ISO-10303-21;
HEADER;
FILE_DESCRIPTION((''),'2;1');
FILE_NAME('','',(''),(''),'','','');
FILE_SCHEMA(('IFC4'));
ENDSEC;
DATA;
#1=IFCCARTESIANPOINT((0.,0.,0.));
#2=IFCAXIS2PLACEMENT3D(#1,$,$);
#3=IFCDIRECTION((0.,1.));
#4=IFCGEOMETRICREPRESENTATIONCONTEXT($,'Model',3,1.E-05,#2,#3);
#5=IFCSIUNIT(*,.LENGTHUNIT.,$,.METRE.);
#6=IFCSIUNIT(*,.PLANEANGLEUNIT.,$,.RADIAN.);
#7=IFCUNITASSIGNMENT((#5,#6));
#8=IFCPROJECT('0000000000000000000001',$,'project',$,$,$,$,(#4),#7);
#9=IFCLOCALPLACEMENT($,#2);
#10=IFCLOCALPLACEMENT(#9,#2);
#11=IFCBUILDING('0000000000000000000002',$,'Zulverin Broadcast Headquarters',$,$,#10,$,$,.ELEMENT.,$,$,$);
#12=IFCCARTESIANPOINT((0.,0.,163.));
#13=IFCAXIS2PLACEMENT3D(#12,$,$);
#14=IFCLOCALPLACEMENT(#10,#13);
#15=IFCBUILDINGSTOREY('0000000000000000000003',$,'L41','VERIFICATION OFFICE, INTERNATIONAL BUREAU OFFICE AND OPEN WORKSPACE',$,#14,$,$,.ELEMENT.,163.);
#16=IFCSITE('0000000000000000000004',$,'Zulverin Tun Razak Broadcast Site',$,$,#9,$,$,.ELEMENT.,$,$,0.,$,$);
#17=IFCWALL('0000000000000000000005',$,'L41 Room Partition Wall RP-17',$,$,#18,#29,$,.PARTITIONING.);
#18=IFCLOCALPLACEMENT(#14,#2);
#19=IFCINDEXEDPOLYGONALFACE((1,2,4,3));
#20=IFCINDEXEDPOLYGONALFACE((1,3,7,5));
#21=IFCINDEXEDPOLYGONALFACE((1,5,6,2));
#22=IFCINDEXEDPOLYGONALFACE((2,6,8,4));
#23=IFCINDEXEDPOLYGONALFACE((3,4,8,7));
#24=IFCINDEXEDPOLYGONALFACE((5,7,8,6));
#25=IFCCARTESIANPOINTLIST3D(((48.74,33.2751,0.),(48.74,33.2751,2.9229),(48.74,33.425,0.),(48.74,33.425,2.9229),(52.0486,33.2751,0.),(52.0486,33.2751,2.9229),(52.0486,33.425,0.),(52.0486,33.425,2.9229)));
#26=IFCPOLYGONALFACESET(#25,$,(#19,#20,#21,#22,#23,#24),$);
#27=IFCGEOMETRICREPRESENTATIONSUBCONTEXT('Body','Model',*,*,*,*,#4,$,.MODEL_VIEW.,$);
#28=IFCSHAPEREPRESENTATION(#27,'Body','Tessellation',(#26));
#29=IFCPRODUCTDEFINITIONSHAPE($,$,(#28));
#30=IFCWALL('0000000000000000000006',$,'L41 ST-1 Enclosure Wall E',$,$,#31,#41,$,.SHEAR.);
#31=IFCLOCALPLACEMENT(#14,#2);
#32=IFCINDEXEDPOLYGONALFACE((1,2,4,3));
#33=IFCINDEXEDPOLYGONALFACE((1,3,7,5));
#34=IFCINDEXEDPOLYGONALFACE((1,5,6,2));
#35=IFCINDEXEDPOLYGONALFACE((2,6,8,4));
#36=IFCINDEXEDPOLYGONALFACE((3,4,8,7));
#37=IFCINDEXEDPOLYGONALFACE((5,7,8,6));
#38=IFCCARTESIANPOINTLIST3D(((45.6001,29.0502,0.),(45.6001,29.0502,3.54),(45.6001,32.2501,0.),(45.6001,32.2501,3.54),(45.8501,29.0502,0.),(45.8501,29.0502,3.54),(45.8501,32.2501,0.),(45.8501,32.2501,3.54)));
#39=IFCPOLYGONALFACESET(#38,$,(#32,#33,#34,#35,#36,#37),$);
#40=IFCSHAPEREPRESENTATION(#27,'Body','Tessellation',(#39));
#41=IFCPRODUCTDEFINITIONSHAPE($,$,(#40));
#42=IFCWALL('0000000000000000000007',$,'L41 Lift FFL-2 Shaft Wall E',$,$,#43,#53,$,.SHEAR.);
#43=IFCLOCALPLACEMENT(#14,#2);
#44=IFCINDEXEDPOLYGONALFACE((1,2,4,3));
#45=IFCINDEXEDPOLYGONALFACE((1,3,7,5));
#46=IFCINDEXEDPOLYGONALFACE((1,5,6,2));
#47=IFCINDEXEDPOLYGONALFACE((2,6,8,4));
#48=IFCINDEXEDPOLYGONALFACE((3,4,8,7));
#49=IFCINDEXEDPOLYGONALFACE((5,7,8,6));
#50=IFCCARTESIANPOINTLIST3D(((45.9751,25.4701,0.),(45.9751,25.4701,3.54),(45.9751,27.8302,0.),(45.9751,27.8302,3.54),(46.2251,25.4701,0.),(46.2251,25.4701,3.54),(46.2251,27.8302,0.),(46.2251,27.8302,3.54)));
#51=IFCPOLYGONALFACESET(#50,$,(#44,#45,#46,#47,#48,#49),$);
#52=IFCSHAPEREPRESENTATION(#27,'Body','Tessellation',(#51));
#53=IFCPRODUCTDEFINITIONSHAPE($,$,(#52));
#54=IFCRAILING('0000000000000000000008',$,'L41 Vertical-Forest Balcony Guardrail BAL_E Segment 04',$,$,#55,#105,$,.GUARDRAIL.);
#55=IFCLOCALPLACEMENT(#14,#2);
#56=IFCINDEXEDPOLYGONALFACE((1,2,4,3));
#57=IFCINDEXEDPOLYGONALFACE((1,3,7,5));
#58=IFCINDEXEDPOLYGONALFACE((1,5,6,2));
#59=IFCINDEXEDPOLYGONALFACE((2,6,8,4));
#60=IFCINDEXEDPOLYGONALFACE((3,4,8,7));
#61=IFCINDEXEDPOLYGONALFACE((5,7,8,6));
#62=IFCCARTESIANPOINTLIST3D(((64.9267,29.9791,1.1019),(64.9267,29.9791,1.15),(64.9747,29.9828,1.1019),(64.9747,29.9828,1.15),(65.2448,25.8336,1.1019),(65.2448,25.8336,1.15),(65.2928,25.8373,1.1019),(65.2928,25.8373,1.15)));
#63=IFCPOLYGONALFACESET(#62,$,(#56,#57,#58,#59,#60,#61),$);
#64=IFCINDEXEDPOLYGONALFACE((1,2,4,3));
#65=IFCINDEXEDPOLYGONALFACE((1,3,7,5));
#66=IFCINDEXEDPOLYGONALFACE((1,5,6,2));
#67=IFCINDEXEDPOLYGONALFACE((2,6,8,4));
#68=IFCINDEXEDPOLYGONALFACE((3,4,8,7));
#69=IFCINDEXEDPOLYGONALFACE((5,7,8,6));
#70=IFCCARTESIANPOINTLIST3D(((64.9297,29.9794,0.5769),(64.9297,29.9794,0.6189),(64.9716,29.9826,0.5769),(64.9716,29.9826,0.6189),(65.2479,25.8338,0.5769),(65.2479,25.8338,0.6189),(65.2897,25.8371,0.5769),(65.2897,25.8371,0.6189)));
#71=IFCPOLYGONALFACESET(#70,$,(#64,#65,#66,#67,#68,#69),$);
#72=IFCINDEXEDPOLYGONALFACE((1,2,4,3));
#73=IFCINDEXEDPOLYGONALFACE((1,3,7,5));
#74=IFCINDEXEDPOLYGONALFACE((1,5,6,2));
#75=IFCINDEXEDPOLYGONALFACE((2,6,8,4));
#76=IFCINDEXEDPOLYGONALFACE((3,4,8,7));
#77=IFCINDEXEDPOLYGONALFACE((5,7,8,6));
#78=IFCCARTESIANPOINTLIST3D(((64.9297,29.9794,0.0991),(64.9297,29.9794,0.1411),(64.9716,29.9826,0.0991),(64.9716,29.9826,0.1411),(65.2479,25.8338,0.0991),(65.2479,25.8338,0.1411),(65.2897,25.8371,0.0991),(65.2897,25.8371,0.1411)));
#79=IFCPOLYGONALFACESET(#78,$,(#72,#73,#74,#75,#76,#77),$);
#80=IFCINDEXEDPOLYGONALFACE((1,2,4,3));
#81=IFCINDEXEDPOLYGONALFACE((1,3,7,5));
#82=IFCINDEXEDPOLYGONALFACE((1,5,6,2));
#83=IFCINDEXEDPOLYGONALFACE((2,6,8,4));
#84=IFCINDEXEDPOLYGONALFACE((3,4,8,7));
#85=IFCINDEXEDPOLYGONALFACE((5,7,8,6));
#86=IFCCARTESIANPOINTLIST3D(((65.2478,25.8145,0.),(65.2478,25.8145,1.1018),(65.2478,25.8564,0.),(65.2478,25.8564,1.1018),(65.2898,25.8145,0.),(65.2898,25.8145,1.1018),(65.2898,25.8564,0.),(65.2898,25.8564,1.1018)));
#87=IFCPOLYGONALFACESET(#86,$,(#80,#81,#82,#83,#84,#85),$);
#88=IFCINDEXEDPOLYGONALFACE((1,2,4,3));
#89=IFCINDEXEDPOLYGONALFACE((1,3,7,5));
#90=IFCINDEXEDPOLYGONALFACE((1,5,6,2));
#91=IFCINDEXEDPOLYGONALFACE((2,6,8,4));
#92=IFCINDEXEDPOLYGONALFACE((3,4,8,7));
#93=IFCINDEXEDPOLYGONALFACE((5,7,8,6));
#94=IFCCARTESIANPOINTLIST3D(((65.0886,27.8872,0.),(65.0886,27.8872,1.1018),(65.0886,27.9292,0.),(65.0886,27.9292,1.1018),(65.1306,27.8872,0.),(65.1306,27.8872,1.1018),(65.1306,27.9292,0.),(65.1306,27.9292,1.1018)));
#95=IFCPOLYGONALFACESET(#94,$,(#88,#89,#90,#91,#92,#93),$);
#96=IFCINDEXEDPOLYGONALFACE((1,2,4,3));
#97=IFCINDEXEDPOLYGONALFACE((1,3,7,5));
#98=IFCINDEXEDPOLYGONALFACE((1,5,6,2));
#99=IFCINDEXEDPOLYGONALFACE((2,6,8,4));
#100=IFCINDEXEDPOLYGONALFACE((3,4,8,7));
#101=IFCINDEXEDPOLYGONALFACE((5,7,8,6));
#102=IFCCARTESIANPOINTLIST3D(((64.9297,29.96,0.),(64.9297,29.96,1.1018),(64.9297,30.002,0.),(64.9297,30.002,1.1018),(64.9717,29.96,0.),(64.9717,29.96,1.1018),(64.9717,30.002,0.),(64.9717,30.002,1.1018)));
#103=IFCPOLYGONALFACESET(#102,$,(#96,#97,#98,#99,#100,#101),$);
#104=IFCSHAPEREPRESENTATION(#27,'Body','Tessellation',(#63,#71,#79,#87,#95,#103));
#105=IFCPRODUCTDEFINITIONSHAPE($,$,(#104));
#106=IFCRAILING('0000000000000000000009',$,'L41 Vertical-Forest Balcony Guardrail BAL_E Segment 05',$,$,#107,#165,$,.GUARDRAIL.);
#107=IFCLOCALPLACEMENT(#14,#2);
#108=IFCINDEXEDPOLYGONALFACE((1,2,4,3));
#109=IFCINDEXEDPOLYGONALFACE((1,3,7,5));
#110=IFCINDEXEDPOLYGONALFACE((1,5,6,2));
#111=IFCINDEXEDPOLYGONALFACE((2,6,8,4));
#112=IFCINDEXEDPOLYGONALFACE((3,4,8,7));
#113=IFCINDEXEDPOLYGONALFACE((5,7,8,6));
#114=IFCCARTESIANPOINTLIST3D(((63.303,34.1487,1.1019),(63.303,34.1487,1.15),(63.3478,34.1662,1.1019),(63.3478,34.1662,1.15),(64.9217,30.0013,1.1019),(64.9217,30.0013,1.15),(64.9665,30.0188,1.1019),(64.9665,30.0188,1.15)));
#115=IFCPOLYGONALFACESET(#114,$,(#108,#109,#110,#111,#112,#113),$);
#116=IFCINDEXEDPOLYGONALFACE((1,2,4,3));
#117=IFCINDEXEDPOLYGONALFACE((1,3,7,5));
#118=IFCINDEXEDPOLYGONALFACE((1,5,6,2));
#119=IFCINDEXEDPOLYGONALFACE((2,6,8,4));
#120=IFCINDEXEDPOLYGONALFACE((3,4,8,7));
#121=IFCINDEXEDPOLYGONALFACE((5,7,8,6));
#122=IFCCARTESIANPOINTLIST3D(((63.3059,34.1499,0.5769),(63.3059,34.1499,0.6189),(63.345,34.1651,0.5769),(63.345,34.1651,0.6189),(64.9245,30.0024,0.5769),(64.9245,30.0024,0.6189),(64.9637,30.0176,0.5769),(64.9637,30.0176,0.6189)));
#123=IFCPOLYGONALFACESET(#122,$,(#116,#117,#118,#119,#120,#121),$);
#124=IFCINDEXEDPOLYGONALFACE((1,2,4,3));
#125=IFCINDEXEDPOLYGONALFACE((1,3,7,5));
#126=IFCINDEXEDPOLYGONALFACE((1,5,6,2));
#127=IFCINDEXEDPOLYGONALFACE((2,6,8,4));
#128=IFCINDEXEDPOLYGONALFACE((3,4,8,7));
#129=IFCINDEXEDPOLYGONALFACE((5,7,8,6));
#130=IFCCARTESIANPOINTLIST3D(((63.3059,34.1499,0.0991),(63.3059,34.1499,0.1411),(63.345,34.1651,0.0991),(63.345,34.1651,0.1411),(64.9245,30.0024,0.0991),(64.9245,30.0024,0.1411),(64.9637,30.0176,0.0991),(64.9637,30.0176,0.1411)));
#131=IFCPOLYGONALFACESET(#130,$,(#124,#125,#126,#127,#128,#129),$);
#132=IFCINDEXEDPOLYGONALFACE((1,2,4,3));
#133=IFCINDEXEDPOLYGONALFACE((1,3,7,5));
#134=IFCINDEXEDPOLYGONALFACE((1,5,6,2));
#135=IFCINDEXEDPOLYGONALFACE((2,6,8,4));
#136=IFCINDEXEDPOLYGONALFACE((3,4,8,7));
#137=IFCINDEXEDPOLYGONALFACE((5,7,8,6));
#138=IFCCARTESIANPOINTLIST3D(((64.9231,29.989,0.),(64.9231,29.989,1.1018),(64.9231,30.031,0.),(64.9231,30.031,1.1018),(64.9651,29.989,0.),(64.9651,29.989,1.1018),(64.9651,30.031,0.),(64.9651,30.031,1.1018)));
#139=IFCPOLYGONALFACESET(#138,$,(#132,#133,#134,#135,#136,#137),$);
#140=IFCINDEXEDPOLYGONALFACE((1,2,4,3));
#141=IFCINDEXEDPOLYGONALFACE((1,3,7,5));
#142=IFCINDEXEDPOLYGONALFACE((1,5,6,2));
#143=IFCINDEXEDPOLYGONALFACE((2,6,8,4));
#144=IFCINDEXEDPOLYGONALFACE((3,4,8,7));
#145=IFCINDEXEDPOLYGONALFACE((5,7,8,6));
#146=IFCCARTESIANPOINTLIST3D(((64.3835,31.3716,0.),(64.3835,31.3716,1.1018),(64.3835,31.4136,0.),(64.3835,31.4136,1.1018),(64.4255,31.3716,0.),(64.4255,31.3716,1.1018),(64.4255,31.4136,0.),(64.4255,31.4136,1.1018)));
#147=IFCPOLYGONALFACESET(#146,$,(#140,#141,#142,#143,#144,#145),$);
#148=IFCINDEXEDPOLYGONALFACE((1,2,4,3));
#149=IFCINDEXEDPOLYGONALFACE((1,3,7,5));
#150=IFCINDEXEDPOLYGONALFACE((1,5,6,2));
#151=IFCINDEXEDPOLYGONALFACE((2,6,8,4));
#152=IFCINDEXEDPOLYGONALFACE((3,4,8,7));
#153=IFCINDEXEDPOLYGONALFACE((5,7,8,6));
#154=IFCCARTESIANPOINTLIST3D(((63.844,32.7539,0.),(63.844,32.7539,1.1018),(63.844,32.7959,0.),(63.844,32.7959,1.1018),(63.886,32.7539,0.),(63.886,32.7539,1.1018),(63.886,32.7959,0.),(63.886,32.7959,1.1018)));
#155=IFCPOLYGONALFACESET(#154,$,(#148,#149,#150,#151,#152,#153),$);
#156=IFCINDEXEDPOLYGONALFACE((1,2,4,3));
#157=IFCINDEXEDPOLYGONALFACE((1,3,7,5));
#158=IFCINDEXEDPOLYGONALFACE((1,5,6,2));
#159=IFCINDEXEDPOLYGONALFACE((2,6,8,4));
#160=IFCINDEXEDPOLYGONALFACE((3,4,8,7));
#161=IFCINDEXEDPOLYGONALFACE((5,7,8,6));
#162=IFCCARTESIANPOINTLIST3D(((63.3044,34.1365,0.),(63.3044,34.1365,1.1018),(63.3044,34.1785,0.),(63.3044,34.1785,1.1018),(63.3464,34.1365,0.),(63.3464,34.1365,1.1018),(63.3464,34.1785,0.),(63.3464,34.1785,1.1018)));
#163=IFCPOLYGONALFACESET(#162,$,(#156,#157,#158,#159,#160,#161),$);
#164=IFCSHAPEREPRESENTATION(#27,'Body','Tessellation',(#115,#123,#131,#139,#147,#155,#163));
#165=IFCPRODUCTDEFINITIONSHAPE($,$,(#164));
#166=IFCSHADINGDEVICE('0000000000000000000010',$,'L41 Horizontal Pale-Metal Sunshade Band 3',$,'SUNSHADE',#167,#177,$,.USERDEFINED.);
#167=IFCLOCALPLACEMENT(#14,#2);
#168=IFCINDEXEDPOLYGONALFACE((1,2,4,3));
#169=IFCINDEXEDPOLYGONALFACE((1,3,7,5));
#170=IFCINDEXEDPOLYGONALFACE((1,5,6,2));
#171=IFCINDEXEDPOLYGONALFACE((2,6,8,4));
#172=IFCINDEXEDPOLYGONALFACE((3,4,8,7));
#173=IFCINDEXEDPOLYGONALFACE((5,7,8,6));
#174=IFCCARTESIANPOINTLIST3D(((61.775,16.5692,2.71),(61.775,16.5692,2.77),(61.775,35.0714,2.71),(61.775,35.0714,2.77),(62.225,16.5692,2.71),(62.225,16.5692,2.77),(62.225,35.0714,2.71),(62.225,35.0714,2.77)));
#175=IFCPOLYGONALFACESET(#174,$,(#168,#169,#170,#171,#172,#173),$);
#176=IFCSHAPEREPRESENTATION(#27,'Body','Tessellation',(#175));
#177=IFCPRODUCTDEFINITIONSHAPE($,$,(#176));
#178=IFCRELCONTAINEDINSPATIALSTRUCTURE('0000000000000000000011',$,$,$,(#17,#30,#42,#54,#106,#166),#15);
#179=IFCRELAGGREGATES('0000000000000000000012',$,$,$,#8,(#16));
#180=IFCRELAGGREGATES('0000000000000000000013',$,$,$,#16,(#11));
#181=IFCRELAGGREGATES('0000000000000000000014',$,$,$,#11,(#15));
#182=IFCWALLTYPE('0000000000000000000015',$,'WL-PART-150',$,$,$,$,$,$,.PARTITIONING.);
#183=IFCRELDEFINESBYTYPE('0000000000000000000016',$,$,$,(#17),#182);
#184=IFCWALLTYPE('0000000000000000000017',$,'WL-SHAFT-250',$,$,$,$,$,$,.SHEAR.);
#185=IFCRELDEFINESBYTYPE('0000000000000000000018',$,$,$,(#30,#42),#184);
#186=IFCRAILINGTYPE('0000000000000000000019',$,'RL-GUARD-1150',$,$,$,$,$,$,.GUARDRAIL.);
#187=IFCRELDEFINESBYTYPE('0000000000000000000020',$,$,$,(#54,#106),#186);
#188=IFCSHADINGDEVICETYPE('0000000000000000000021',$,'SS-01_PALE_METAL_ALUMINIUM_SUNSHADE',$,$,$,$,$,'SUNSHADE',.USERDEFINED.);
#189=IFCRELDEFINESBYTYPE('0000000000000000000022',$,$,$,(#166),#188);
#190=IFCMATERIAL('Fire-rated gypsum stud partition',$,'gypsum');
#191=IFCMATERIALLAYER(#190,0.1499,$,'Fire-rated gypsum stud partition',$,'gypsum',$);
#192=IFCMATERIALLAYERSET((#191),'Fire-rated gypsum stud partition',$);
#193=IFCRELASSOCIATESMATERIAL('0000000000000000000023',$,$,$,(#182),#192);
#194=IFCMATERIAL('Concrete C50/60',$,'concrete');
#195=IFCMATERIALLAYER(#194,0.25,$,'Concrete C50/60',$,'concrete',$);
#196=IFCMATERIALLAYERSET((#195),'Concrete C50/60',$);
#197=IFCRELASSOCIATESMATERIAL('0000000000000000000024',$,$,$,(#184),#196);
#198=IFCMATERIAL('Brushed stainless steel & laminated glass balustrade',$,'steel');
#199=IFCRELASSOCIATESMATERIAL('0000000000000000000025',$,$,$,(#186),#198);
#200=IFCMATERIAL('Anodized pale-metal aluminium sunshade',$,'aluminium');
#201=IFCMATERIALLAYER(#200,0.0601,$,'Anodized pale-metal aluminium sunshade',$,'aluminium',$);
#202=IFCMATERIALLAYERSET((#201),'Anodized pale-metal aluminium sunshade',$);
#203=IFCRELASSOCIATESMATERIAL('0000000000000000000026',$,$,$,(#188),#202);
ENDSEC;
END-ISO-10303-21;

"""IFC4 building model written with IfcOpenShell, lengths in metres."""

from ifc_helpers import new_model, si_unit, direction, frame, frame_2d, origin, origin_2d, place, context, subcontext, project, spatial, rectangle, extrude, material, layer, layer_set, type_object, element, save


model = new_model("IFC4")

# Units and contexts
model_context = context("Model", 3, precision=1e-05, world=origin(), true_north=direction((0.0, 1.0)))
body_context = subcontext(model_context, "Body", "Model", "MODEL_VIEW")
ifc_project = project(units=[si_unit("LENGTHUNIT", "METRE"), si_unit("PLANEANGLEUNIT", "RADIAN")], contexts=[model_context])

# Site, building, storey
site_placement = place(None, origin())
site = spatial("IfcSite", under=ifc_project, at=site_placement, Name="Zulverin Tun Razak Broadcast Site", CompositionType="ELEMENT", RefElevation=0.0)
building_placement = place(site_placement, origin())
building = spatial("IfcBuilding", under=site, at=building_placement, Name="Zulverin Broadcast Headquarters", CompositionType="ELEMENT")
storey_placement = place(building_placement, frame((0.0, 0.0, 163.0)))
storey = spatial("IfcBuildingStorey", under=building, at=storey_placement, Name="L41", Description="VERIFICATION OFFICE, INTERNATIONAL BUREAU OFFICE AND OPEN WORKSPACE", CompositionType="ELEMENT", Elevation=163.0)

# Shared definitions
ifc_material_1 = material(Name="Concrete C50/60", Category="concrete")

# Shared definitions
ifc_material_2 = material(Name="Fire-rated gypsum stud partition", Category="gypsum")
ifc_layer_1 = layer(ifc_material_2, 0.1499, Name="Fire-rated gypsum stud partition", Category="gypsum")
ifc_layer_set_1 = layer_set([ifc_layer_1], Name="Fire-rated gypsum stud partition")
wall_type_1 = type_object("IfcWallType", Name="WL-PART-150", PredefinedType="PARTITIONING", material=ifc_layer_set_1)

# Walls
wall_1_placement = place(storey_placement, frame((48.74, 33.3501, 0.0), z_axis=(0.0, 0.0, 1.0), x_axis=(1.0, 0.0, 0.0)))
element("IfcWall", 1, at=wall_1_placement, inside=storey, type_object=wall_type_1, Name="L41 Room Partition Wall RP-17", PredefinedType="PARTITIONING", context=body_context, shape_type="SweptSolid", body=[
    extrude(rectangle(XDim=3.3086, YDim=0.1499, at=frame_2d((1.6543, 0.0))), origin(), (0.0, 0.0, 1.0), 2.9229),
])
ifc_layer_2 = layer(ifc_material_1, 0.25, Name="Concrete C50/60", Category="concrete")
ifc_layer_set_2 = layer_set([ifc_layer_2], Name="Concrete C50/60")
wall_type_2 = type_object("IfcWallType", Name="WL-SHAFT-250", PredefinedType="SHEAR", material=ifc_layer_set_2)
wall_2_placement = place(storey_placement, frame((45.7251, 29.05, 0.0), z_axis=(0.0, 0.0, 1.0), x_axis=(0.0, 1.0, 0.0)))
element("IfcWall", 2, at=wall_2_placement, inside=storey, type_object=wall_type_2, Name="L41 ST-1 Enclosure Wall E", PredefinedType="SHEAR", context=body_context, shape_type="SweptSolid", body=[
    extrude(rectangle(XDim=3.2, YDim=0.25, at=frame_2d((1.6001, 0.0))), origin(), (0.0, 0.0, 1.0), 3.54),
])
wall_3_placement = place(storey_placement, frame((46.1001, 25.47, 0.0), z_axis=(0.0, 0.0, 1.0), x_axis=(0.0, 1.0, 0.0)))
element("IfcWall", 3, at=wall_3_placement, inside=storey, type_object=wall_type_2, Name="L41 Lift FFL-2 Shaft Wall E", PredefinedType="SHEAR", context=body_context, shape_type="SweptSolid", body=[
    extrude(rectangle(XDim=2.3601, YDim=0.25, at=frame_2d((1.1802, 0.0))), origin(), (0.0, 0.0, 1.0), 3.54),
])

# Railings
ifc_material_3 = material(Name="Brushed stainless steel & laminated glass balustrade", Category="steel")
railing_type = type_object("IfcRailingType", Name="RL-GUARD-1150", PredefinedType="GUARDRAIL", material=ifc_material_3)
railing_1_placement = place(storey_placement, frame((65.2688, 25.8354, 0.0)))
element("IfcRailing", 4, at=railing_1_placement, inside=storey, type_object=railing_type, Name="L41 Vertical-Forest Balcony Guardrail BAL_E Segment 04", PredefinedType="GUARDRAIL", context=body_context, shape_type="SweptSolid", body=[
    extrude(rectangle(XDim=0.0481, YDim=0.0481, at=origin_2d()), frame((0.0, 0.0, 1.126), z_axis=(-0.076512, 0.997069, 0.0), x_axis=(-0.997069, -0.076512, 0.0)), (0.0, 0.0, 1.0), 4.1577),
    extrude(rectangle(XDim=0.042, YDim=0.042, at=origin_2d()), frame((0.0, 0.0, 0.5979), z_axis=(-0.076512, 0.997069, 0.0), x_axis=(-0.997069, -0.076512, 0.0)), (0.0, 0.0, 1.0), 4.1577),
    extrude(rectangle(XDim=0.042, YDim=0.042, at=origin_2d()), frame((0.0, 0.0, 0.1201), z_axis=(-0.076512, 0.997069, 0.0), x_axis=(-0.997069, -0.076512, 0.0)), (0.0, 0.0, 1.0), 4.1577),
    extrude(rectangle(XDim=0.042, YDim=0.042, at=origin_2d()), origin(), (0.0, 0.0, 1.0), 1.1018),
    extrude(rectangle(XDim=0.042, YDim=0.042, at=origin_2d()), frame((-0.1592, 2.0728, 0.0)), (0.0, 0.0, 1.0), 1.1018),
    extrude(rectangle(XDim=0.042, YDim=0.042, at=origin_2d()), frame((-0.3181, 4.1455, 0.0)), (0.0, 0.0, 1.0), 1.1018),
])
railing_2_placement = place(storey_placement, frame((64.9441, 30.01, 0.0)))
element("IfcRailing", 5, at=railing_2_placement, inside=storey, type_object=railing_type, Name="L41 Vertical-Forest Balcony Guardrail BAL_E Segment 05", PredefinedType="GUARDRAIL", context=body_context, shape_type="SweptSolid", body=[
    extrude(rectangle(XDim=0.0481, YDim=0.0481, at=origin_2d()), frame((0.0, 0.0, 1.126), z_axis=(-0.363568, 0.931568, 0.0), x_axis=(-0.931568, -0.363568, 0.0)), (0.0, 0.0, 1.0), 4.4521),
    extrude(rectangle(XDim=0.042, YDim=0.042, at=origin_2d()), frame((0.0, 0.0, 0.5979), z_axis=(-0.363568, 0.931568, 0.0), x_axis=(-0.931568, -0.363568, 0.0)), (0.0, 0.0, 1.0), 4.4521),
    extrude(rectangle(XDim=0.042, YDim=0.042, at=origin_2d()), frame((0.0, 0.0, 0.1201), z_axis=(-0.363568, 0.931568, 0.0), x_axis=(-0.931568, -0.363568, 0.0)), (0.0, 0.0, 1.0), 4.4521),
    extrude(rectangle(XDim=0.042, YDim=0.042, at=origin_2d()), origin(), (0.0, 0.0, 1.0), 1.1018),
    extrude(rectangle(XDim=0.042, YDim=0.042, at=origin_2d()), frame((-0.5396, 1.3826, 0.0)), (0.0, 0.0, 1.0), 1.1018),
    extrude(rectangle(XDim=0.042, YDim=0.042, at=origin_2d()), frame((-1.0791, 2.7649, 0.0)), (0.0, 0.0, 1.0), 1.1018),
    extrude(rectangle(XDim=0.042, YDim=0.042, at=origin_2d()), frame((-1.6187, 4.1475, 0.0)), (0.0, 0.0, 1.0), 1.1018),
])

# Shading device
ifc_material_4 = material(Name="Anodized pale-metal aluminium sunshade", Category="aluminium")
ifc_layer_3 = layer(ifc_material_4, 0.0601, Name="Anodized pale-metal aluminium sunshade", Category="aluminium")
ifc_layer_set_3 = layer_set([ifc_layer_3], Name="Anodized pale-metal aluminium sunshade")
shading_device_type = type_object("IfcShadingDeviceType", Name="SS-01_PALE_METAL_ALUMINIUM_SUNSHADE", ElementType="SUNSHADE", PredefinedType="USERDEFINED", material=ifc_layer_set_3)
shading_device_placement = place(storey_placement, frame((62.0, 25.8203, 2.71), z_axis=(0.0, 0.0, 1.0), x_axis=(0.0, 1.0, 0.0)))
element("IfcShadingDevice", 6, at=shading_device_placement, inside=storey, type_object=shading_device_type, Name="L41 Horizontal Pale-Metal Sunshade Band 3", ObjectType="SUNSHADE", PredefinedType="USERDEFINED", context=body_context, shape_type="SweptSolid", body=[
    extrude(rectangle(XDim=18.5022, YDim=0.45, at=origin_2d()), origin(), (0.0, 0.0, 1.0), 0.0601),
])

save(model, "model.ifc")
